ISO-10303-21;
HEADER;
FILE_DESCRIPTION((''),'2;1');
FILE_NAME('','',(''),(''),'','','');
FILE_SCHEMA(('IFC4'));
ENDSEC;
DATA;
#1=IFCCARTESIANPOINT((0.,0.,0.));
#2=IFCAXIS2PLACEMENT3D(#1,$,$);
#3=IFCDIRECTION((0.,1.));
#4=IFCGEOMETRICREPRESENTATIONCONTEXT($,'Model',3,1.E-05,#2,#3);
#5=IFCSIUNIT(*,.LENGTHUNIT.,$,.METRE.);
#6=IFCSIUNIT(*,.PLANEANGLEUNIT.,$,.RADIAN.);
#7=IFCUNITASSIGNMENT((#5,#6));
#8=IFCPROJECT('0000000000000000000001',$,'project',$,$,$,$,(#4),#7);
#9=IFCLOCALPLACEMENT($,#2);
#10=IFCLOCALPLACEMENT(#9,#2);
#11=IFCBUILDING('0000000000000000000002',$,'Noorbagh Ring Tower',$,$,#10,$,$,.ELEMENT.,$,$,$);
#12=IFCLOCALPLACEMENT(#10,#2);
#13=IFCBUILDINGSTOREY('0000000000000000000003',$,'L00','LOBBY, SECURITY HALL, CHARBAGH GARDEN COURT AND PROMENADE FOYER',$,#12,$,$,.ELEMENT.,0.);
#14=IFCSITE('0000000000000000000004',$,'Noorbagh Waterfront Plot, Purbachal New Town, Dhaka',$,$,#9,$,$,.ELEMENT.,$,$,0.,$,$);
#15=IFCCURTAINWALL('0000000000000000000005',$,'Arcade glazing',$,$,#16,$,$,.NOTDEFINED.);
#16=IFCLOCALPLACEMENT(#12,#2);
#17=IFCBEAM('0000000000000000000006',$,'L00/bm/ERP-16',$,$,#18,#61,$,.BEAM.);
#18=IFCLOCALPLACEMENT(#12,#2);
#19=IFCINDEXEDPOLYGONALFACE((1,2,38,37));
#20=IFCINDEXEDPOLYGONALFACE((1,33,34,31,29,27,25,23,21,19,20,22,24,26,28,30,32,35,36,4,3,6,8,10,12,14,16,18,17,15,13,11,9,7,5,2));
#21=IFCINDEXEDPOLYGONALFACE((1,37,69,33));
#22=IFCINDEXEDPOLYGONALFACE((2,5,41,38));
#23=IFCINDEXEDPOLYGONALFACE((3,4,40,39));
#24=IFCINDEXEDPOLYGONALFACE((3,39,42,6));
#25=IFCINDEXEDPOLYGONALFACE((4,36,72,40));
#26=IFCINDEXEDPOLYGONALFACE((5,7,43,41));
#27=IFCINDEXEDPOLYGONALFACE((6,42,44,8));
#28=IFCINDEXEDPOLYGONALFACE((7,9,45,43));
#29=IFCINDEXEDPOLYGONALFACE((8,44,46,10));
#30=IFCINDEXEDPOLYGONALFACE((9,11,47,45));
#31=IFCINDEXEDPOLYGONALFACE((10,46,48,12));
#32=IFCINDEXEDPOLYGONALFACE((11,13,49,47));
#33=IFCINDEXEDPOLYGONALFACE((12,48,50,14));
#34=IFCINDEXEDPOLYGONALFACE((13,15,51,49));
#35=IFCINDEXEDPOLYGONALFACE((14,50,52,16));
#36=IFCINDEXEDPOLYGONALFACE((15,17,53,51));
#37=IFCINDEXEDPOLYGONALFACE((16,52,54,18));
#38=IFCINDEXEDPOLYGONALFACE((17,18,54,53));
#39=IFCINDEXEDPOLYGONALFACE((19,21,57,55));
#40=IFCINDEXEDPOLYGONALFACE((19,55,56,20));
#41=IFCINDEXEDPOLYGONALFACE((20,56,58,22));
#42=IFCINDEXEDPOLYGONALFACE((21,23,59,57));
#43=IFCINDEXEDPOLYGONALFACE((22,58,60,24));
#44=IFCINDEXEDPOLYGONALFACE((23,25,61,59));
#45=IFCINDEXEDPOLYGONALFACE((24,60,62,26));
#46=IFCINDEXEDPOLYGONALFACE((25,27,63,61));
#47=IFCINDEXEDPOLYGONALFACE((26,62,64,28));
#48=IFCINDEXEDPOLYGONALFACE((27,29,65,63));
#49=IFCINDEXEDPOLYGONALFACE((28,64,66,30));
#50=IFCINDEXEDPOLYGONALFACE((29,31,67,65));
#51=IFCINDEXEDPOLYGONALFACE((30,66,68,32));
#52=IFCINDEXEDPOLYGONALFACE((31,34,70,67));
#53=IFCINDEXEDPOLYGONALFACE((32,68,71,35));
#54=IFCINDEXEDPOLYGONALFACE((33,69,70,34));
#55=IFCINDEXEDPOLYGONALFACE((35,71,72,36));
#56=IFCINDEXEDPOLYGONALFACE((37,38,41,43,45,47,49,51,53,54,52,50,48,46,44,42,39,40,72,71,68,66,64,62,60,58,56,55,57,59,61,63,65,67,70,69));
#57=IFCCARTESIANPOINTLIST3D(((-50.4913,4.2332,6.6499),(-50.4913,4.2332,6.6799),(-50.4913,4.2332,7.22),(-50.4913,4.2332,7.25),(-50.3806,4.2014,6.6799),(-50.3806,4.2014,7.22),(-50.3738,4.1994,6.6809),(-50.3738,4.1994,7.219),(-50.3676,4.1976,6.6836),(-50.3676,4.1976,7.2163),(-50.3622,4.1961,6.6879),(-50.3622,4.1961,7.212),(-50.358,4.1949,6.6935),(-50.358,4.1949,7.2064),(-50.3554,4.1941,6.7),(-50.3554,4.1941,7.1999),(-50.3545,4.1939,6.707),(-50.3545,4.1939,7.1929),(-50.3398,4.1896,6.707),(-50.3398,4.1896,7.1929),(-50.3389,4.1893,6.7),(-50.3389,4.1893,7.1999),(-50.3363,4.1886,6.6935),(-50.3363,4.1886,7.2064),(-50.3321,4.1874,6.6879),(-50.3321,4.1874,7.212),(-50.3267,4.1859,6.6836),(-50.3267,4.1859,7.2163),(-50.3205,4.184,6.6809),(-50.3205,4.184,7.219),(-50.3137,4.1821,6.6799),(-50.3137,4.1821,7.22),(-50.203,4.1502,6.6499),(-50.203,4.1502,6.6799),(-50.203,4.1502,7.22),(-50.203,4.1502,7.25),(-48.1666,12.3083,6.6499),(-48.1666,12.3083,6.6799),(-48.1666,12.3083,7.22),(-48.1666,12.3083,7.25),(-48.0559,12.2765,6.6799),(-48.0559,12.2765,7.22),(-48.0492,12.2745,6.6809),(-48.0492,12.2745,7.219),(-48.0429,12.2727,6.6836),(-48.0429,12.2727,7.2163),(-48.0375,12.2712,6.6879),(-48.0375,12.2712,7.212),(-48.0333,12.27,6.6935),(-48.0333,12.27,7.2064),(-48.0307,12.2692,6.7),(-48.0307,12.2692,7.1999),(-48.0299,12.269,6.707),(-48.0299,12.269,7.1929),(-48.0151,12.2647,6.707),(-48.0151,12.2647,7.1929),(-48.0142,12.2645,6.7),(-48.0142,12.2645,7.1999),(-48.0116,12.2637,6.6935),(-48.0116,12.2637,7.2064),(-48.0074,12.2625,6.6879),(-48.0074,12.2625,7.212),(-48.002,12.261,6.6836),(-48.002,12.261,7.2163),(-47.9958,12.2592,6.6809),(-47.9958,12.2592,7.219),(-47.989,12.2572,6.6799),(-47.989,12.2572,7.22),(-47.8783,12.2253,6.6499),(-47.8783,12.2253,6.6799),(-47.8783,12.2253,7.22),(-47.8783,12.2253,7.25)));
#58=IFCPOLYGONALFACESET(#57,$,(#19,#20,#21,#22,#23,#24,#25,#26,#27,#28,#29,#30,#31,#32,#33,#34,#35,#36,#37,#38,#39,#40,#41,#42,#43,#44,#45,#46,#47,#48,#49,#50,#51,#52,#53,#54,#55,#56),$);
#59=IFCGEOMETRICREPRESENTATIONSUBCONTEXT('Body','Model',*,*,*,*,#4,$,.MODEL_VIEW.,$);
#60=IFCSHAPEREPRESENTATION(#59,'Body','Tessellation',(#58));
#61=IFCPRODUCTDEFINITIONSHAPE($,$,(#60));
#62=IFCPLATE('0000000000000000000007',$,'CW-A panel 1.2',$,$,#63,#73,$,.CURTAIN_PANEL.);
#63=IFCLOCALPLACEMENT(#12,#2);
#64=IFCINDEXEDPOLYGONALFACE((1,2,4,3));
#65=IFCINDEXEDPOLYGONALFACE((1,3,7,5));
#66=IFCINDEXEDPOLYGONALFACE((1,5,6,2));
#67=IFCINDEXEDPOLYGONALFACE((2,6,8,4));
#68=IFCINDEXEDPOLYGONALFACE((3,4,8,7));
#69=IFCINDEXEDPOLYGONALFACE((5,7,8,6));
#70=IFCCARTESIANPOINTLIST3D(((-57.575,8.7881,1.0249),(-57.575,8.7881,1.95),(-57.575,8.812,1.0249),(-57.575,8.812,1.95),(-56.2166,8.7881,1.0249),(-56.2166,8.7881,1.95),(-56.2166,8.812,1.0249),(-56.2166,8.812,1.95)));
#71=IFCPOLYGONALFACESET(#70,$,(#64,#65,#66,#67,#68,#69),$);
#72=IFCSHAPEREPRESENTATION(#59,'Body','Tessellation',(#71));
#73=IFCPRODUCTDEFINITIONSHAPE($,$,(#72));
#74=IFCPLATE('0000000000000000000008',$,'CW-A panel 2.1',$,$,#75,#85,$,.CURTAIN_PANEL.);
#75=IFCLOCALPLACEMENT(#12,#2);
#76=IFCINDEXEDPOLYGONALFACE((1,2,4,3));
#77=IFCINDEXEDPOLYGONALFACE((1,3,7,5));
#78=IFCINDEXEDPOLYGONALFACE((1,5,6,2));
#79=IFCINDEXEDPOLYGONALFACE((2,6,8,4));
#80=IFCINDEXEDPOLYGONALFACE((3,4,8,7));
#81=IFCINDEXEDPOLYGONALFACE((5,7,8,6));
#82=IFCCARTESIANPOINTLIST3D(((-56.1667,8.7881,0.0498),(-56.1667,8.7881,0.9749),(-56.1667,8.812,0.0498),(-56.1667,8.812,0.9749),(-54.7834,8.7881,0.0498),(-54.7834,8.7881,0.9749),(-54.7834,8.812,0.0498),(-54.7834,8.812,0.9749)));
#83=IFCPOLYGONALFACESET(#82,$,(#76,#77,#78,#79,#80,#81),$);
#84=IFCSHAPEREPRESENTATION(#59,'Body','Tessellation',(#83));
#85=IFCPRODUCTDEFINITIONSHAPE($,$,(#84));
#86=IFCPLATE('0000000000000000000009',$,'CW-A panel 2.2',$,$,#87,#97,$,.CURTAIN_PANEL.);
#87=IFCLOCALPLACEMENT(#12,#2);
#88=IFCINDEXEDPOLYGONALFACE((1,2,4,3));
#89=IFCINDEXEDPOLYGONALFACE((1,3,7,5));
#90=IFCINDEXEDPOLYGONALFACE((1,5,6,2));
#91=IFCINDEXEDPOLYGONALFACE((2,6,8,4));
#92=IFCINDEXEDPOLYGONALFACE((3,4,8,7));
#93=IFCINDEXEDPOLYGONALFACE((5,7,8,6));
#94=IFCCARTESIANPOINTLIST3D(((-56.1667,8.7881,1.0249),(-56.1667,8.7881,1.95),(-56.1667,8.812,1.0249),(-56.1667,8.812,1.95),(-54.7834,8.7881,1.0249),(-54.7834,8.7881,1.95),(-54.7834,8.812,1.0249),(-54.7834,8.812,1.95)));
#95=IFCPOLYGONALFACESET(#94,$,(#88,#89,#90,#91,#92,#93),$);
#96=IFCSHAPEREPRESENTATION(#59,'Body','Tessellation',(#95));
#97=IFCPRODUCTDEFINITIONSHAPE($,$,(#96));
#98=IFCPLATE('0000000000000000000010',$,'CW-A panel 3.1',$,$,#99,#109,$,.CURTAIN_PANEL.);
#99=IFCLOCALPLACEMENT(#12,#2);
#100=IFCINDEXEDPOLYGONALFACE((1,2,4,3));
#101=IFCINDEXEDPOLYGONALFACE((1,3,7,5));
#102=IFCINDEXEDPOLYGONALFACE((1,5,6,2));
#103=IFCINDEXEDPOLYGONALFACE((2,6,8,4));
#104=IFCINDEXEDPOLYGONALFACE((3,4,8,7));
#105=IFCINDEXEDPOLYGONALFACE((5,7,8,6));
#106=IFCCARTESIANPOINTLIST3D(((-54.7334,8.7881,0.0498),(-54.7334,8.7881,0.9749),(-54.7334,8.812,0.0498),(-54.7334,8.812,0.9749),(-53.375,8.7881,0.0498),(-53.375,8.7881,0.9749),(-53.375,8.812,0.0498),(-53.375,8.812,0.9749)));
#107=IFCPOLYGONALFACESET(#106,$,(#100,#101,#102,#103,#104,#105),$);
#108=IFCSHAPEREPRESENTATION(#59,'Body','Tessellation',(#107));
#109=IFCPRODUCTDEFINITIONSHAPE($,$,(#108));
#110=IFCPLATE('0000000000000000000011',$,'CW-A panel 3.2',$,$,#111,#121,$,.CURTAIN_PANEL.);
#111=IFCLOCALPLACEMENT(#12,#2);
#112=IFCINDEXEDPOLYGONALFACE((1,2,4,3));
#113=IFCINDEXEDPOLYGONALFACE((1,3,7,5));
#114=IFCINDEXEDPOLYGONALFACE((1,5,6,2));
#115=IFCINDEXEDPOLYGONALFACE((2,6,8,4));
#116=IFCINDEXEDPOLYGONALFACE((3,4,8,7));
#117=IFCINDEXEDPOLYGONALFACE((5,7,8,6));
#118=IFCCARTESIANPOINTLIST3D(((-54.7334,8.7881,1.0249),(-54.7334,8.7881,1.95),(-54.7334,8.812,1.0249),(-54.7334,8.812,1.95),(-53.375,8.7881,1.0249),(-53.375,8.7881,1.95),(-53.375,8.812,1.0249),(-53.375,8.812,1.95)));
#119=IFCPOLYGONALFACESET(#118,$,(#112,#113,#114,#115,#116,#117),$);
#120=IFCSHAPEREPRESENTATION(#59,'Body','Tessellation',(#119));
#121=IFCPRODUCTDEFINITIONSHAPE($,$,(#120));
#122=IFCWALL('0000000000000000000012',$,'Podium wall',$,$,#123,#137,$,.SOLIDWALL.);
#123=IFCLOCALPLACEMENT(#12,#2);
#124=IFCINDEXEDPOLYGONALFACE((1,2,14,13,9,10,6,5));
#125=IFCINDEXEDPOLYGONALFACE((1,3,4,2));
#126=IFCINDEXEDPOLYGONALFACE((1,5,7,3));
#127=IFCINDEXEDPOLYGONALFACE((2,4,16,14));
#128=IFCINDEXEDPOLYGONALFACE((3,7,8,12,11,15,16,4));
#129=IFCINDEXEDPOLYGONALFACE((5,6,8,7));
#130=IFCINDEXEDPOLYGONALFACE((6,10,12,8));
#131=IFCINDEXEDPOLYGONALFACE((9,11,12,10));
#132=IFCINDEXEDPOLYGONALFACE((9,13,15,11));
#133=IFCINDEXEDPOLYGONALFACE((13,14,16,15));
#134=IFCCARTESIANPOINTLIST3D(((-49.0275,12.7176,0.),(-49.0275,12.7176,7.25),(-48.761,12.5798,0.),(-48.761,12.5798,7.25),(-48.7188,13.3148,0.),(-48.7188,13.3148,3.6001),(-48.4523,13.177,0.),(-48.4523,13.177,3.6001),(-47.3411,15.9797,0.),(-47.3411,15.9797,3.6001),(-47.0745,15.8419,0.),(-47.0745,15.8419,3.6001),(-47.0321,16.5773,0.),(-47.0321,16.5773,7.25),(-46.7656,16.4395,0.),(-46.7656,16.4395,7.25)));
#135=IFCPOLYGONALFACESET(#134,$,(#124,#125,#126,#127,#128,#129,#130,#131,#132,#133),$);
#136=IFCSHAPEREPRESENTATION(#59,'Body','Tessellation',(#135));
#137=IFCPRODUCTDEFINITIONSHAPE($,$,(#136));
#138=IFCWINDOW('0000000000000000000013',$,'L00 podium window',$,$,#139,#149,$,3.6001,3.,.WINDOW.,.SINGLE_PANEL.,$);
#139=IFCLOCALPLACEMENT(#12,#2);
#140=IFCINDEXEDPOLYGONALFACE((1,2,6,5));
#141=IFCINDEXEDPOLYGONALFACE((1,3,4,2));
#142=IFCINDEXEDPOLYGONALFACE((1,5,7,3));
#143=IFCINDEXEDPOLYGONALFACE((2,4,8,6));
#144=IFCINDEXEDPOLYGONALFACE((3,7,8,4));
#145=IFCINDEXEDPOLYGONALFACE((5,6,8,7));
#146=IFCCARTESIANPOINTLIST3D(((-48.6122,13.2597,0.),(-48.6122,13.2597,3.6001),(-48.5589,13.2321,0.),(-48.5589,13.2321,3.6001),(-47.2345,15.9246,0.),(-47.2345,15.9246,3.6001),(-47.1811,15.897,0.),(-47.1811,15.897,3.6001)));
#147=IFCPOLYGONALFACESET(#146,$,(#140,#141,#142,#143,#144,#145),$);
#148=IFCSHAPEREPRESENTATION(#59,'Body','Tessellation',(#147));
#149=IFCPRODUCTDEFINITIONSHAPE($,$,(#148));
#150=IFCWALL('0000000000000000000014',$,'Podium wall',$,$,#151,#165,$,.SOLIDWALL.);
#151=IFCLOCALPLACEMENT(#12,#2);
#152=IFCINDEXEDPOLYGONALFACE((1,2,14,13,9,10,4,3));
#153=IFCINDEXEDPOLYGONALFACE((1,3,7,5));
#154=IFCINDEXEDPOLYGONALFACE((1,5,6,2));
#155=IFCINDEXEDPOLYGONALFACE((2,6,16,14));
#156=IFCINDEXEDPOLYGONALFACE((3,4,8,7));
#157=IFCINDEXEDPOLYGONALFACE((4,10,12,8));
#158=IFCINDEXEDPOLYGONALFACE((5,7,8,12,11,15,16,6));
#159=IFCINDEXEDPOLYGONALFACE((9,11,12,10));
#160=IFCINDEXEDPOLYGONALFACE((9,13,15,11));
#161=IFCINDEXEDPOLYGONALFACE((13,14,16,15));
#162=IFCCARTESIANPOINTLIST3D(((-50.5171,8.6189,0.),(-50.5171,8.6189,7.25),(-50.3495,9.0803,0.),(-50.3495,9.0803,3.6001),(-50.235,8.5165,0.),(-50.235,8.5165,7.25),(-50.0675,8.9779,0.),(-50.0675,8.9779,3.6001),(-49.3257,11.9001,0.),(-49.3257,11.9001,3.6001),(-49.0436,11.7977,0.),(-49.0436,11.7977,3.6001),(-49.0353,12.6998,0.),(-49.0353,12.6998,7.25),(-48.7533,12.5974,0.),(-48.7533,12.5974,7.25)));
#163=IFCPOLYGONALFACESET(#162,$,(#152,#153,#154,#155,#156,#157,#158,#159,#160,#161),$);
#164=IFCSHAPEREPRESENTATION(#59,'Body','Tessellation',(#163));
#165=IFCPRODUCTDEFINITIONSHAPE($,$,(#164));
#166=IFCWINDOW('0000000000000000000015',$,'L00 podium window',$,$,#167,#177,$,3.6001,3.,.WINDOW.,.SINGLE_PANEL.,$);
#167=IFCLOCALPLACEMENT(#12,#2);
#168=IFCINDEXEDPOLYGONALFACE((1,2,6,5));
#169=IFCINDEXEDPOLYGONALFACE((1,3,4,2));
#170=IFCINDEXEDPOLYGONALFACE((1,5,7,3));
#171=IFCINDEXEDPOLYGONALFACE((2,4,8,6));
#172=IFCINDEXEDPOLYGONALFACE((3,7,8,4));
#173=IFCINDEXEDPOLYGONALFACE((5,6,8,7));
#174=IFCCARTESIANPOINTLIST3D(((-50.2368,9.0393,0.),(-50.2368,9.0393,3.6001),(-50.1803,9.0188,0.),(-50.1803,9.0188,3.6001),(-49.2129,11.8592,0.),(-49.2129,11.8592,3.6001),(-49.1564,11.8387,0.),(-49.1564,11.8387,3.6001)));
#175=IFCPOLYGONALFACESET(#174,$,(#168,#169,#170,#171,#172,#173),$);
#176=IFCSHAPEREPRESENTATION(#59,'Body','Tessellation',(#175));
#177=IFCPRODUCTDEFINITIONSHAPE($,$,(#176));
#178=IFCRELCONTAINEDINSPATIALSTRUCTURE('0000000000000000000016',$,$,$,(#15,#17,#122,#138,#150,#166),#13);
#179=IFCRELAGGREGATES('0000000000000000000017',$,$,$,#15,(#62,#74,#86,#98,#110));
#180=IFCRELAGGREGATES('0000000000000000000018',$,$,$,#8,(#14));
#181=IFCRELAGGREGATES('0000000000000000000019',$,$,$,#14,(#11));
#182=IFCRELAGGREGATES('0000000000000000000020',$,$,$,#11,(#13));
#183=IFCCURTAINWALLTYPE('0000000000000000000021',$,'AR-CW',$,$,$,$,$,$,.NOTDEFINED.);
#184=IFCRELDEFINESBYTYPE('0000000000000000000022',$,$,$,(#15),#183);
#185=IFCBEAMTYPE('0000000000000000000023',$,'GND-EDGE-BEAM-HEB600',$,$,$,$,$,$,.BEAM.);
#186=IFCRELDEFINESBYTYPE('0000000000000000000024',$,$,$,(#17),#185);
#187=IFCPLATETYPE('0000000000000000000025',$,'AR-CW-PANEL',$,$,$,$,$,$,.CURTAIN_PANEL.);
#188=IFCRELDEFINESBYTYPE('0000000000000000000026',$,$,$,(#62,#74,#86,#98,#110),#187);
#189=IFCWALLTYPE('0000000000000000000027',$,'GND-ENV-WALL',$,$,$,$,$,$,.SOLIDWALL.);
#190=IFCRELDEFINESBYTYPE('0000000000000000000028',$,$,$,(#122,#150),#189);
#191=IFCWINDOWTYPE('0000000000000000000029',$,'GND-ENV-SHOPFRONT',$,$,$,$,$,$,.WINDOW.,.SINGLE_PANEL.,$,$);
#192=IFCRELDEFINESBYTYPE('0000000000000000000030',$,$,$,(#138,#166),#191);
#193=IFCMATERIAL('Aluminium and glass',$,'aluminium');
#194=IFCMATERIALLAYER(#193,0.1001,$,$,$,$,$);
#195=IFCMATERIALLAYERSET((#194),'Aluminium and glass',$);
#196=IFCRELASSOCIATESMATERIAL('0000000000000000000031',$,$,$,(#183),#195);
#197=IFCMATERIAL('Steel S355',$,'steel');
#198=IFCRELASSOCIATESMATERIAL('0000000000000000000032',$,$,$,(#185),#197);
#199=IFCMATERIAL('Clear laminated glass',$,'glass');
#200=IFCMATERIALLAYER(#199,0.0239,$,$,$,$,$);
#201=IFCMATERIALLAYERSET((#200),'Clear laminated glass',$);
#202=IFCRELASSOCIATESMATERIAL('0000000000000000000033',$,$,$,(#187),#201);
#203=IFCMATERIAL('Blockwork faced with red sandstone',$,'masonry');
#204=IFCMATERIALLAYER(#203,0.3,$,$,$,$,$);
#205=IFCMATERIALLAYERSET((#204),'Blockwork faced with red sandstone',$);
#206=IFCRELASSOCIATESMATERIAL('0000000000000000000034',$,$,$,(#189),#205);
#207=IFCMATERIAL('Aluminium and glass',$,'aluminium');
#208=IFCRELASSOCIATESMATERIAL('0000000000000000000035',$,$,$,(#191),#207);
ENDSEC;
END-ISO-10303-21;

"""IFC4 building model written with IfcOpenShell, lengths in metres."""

from ifc_helpers import new_model, si_unit, direction, frame, frame_2d, origin, origin_2d, place, context, subcontext, project, spatial, rectangle, i_section, extrude, material, layer, layer_set, material_profile, profile_set, type_object, element, fill, aggregate, save


model = new_model("IFC4")

# Units and contexts
model_context = context("Model", 3, precision=1e-05, world=origin(), true_north=direction((0.0, 1.0)))
body_context = subcontext(model_context, "Body", "Model", "MODEL_VIEW")
ifc_project = project(units=[si_unit("LENGTHUNIT", "METRE"), si_unit("PLANEANGLEUNIT", "RADIAN")], contexts=[model_context])

# Site, building, storey
site_placement = place(None, origin())
site = spatial("IfcSite", under=ifc_project, at=site_placement, Name="Noorbagh Waterfront Plot, Purbachal New Town, Dhaka", CompositionType="ELEMENT", RefElevation=0.0)
building_placement = place(site_placement, origin())
building = spatial("IfcBuilding", under=site, at=building_placement, Name="Noorbagh Ring Tower", CompositionType="ELEMENT")
storey_placement = place(building_placement, origin())
storey = spatial("IfcBuildingStorey", under=building, at=storey_placement, Name="L00", Description="LOBBY, SECURITY HALL, CHARBAGH GARDEN COURT AND PROMENADE FOYER", CompositionType="ELEMENT", Elevation=0.0)

# Curtain wall
ifc_material_1 = material(Name="Aluminium and glass", Category="aluminium")
ifc_layer_1 = layer(ifc_material_1, 0.1001)
ifc_layer_set_1 = layer_set([ifc_layer_1], Name="Aluminium and glass")
curtain_wall_type = type_object("IfcCurtainWallType", Name="AR-CW", PredefinedType="NOTDEFINED", material=ifc_layer_set_1)
curtain_wall_placement = place(storey_placement, origin())
curtain_wall = element("IfcCurtainWall", 1, at=curtain_wall_placement, inside=storey, type_object=curtain_wall_type, Name="Arcade glazing", PredefinedType="NOTDEFINED")

# Beam
ifc_material_2 = material(Name="Steel S355", Category="steel")
ifc_material_profile_1 = material_profile(ifc_material_2, i_section(OverallWidth=0.3, OverallDepth=0.6001, WebThickness=0.0154, FlangeThickness=0.03, FilletRadius=0.0271, at=origin_2d()), Name="HEB600")
ifc_profile_set_1 = profile_set([ifc_material_profile_1], Name="Steel S355")
beam_type = type_object("IfcBeamType", Name="GND-EDGE-BEAM-HEB600", PredefinedType="BEAM", material=ifc_profile_set_1)
beam_placement = place(storey_placement, frame((-48.0225, 12.2668, 6.95), z_axis=(-0.276647, -0.960972, 0.0), x_axis=(0.960972, -0.276647, 0.0)))
element("IfcBeam", 2, at=beam_placement, inside=storey, type_object=beam_type, Name="L00/bm/ERP-16", PredefinedType="BEAM", context=body_context, shape_type="SweptSolid", body=[
    extrude(i_section(OverallWidth=0.3, OverallDepth=0.6001, WebThickness=0.0154, FlangeThickness=0.03, FilletRadius=0.0271, at=origin_2d()), origin(), (0.0, 0.0, 1.0), 8.4031),
])

# Plates
ifc_material_3 = material(Name="Clear laminated glass", Category="glass")
ifc_layer_2 = layer(ifc_material_3, 0.0239)
ifc_layer_set_2 = layer_set([ifc_layer_2], Name="Clear laminated glass")
plate_type = type_object("IfcPlateType", Name="AR-CW-PANEL", PredefinedType="CURTAIN_PANEL", material=ifc_layer_set_2)
plate_1_placement = place(storey_placement, frame((-56.8958, 8.8, 1.0249), z_axis=(0.0, 0.0, 1.0), x_axis=(1.0, 0.0, 0.0)))
plate_1 = element("IfcPlate", 3, at=plate_1_placement, type_object=plate_type, Name="CW-A panel 1.2", PredefinedType="CURTAIN_PANEL", context=body_context, shape_type="SweptSolid", body=[
    extrude(rectangle(XDim=1.3584, YDim=0.0239, at=origin_2d()), origin(), (0.0, 0.0, 1.0), 0.925),
])
plate_2_placement = place(storey_placement, frame((-55.4751, 8.8, 0.0498), z_axis=(0.0, 0.0, 1.0), x_axis=(1.0, 0.0, 0.0)))
plate_2 = element("IfcPlate", 4, at=plate_2_placement, type_object=plate_type, Name="CW-A panel 2.1", PredefinedType="CURTAIN_PANEL", context=body_context, shape_type="SweptSolid", body=[
    extrude(rectangle(XDim=1.3833, YDim=0.0239, at=origin_2d()), origin(), (0.0, 0.0, 1.0), 0.925),
])
plate_3_placement = place(storey_placement, frame((-55.4751, 8.8, 1.0249), z_axis=(0.0, 0.0, 1.0), x_axis=(1.0, 0.0, 0.0)))
plate_3 = element("IfcPlate", 5, at=plate_3_placement, type_object=plate_type, Name="CW-A panel 2.2", PredefinedType="CURTAIN_PANEL", context=body_context, shape_type="SweptSolid", body=[
    extrude(rectangle(XDim=1.3833, YDim=0.0239, at=origin_2d()), origin(), (0.0, 0.0, 1.0), 0.925),
])
plate_4_placement = place(storey_placement, frame((-54.0542, 8.8, 0.0498), z_axis=(0.0, 0.0, 1.0), x_axis=(1.0, 0.0, 0.0)))
plate_4 = element("IfcPlate", 6, at=plate_4_placement, type_object=plate_type, Name="CW-A panel 3.1", PredefinedType="CURTAIN_PANEL", context=body_context, shape_type="SweptSolid", body=[
    extrude(rectangle(XDim=1.3584, YDim=0.0239, at=origin_2d()), origin(), (0.0, 0.0, 1.0), 0.925),
])
plate_5_placement = place(storey_placement, frame((-54.0542, 8.8, 1.0249), z_axis=(0.0, 0.0, 1.0), x_axis=(1.0, 0.0, 0.0)))
plate_5 = element("IfcPlate", 7, at=plate_5_placement, type_object=plate_type, Name="CW-A panel 3.2", PredefinedType="CURTAIN_PANEL", context=body_context, shape_type="SweptSolid", body=[
    extrude(rectangle(XDim=1.3584, YDim=0.0239, at=origin_2d()), origin(), (0.0, 0.0, 1.0), 0.925),
])
aggregate(curtain_wall, [plate_1, plate_2, plate_3, plate_4, plate_5])

# Walls, openings, windows
ifc_material_4 = material(Name="Blockwork faced with red sandstone", Category="masonry")
ifc_layer_3 = layer(ifc_material_4, 0.3)
ifc_layer_set_3 = layer_set([ifc_layer_3], Name="Blockwork faced with red sandstone")
wall_type_1 = type_object("IfcWallType", Name="GND-ENV-WALL", PredefinedType="SOLIDWALL", material=ifc_layer_set_3)
wall_1_placement = place(storey_placement, frame((-46.8989, 16.5083, 0.0), z_axis=(0.0, 0.0, 1.0), x_axis=(-0.459243, -0.888311, 0.0)))
wall_1 = element("IfcWall", 8, at=wall_1_placement, inside=storey, type_object=wall_type_1, Name="Podium wall", PredefinedType="SOLIDWALL", context=body_context, shape_type="SweptSolid", body=[
    extrude(rectangle(XDim=4.345, YDim=0.3, at=frame_2d((2.1724, 0.0))), origin(), (0.0, 0.0, 1.0), 7.25),
])
opening_1_placement = place(wall_1_placement, frame((0.6726, 0.0, 0.0)))
opening_1 = element("IfcOpeningElement", 9, at=opening_1_placement, cuts=wall_1, PredefinedType="OPENING", context=body_context, shape_type="SweptSolid", body=[
    extrude(rectangle(XDim=3.0, YDim=3.6001, at=frame_2d((1.5, 1.8))), frame((0.0, 0.1602, 0.0), z_axis=(0.0, -1.0, 0.0), x_axis=(1.0, 0.0, 0.0)), (0.0, 0.0, 1.0), 0.3201),
])
ifc_material_5 = material(Name="Aluminium and glass", Category="aluminium")
window_type = type_object("IfcWindowType", Name="GND-ENV-SHOPFRONT", PartitioningType="SINGLE_PANEL", PredefinedType="WINDOW", material=ifc_material_5)
window_1_placement = place(opening_1_placement, origin())
window_1 = element("IfcWindow", 10, at=window_1_placement, inside=storey, type_object=window_type, Name="L00 podium window", OverallHeight=3.6001, OverallWidth=3.0, PartitioningType="SINGLE_PANEL", PredefinedType="WINDOW", context=body_context, shape_type="SweptSolid", body=[
    extrude(rectangle(XDim=3.0, YDim=3.6001, at=frame_2d((1.5, 1.8))), frame((0.0, 0.03, 0.0), z_axis=(0.0, -1.0, 0.0), x_axis=(1.0, 0.0, 0.0)), (0.0, 0.0, 1.0), 0.0601),
])
fill(opening_1, window_1)
wall_2_placement = place(storey_placement, frame((-48.8943, 12.6487, 0.0), z_axis=(0.0, 0.0, 1.0), x_axis=(-0.341287, -0.939959, 0.0)))
wall_2 = element("IfcWall", 11, at=wall_2_placement, inside=storey, type_object=wall_type_1, Name="Podium wall", PredefinedType="SOLIDWALL", context=body_context, shape_type="SweptSolid", body=[
    extrude(rectangle(XDim=4.3416, YDim=0.3, at=frame_2d((2.1709, 0.0))), origin(), (0.0, 0.0, 1.0), 7.25),
])
opening_2_placement = place(wall_2_placement, frame((0.8508, 0.0, 0.0)))
opening_2 = element("IfcOpeningElement", 12, at=opening_2_placement, cuts=wall_2, PredefinedType="OPENING", context=body_context, shape_type="SweptSolid", body=[
    extrude(rectangle(XDim=3.0, YDim=3.6001, at=frame_2d((1.5, 1.8))), frame((0.0, 0.1602, 0.0), z_axis=(0.0, -1.0, 0.0), x_axis=(1.0, 0.0, 0.0)), (0.0, 0.0, 1.0), 0.3201),
])
window_2_placement = place(opening_2_placement, origin())
window_2 = element("IfcWindow", 13, at=window_2_placement, inside=storey, type_object=window_type, Name="L00 podium window", OverallHeight=3.6001, OverallWidth=3.0, PartitioningType="SINGLE_PANEL", PredefinedType="WINDOW", context=body_context, shape_type="SweptSolid", body=[
    extrude(rectangle(XDim=3.0, YDim=3.6001, at=frame_2d((1.5, 1.8))), frame((0.0, 0.03, 0.0), z_axis=(0.0, -1.0, 0.0), x_axis=(1.0, 0.0, 0.0)), (0.0, 0.0, 1.0), 0.0601),
])
fill(opening_2, window_2)

save(model, "model.ifc")
